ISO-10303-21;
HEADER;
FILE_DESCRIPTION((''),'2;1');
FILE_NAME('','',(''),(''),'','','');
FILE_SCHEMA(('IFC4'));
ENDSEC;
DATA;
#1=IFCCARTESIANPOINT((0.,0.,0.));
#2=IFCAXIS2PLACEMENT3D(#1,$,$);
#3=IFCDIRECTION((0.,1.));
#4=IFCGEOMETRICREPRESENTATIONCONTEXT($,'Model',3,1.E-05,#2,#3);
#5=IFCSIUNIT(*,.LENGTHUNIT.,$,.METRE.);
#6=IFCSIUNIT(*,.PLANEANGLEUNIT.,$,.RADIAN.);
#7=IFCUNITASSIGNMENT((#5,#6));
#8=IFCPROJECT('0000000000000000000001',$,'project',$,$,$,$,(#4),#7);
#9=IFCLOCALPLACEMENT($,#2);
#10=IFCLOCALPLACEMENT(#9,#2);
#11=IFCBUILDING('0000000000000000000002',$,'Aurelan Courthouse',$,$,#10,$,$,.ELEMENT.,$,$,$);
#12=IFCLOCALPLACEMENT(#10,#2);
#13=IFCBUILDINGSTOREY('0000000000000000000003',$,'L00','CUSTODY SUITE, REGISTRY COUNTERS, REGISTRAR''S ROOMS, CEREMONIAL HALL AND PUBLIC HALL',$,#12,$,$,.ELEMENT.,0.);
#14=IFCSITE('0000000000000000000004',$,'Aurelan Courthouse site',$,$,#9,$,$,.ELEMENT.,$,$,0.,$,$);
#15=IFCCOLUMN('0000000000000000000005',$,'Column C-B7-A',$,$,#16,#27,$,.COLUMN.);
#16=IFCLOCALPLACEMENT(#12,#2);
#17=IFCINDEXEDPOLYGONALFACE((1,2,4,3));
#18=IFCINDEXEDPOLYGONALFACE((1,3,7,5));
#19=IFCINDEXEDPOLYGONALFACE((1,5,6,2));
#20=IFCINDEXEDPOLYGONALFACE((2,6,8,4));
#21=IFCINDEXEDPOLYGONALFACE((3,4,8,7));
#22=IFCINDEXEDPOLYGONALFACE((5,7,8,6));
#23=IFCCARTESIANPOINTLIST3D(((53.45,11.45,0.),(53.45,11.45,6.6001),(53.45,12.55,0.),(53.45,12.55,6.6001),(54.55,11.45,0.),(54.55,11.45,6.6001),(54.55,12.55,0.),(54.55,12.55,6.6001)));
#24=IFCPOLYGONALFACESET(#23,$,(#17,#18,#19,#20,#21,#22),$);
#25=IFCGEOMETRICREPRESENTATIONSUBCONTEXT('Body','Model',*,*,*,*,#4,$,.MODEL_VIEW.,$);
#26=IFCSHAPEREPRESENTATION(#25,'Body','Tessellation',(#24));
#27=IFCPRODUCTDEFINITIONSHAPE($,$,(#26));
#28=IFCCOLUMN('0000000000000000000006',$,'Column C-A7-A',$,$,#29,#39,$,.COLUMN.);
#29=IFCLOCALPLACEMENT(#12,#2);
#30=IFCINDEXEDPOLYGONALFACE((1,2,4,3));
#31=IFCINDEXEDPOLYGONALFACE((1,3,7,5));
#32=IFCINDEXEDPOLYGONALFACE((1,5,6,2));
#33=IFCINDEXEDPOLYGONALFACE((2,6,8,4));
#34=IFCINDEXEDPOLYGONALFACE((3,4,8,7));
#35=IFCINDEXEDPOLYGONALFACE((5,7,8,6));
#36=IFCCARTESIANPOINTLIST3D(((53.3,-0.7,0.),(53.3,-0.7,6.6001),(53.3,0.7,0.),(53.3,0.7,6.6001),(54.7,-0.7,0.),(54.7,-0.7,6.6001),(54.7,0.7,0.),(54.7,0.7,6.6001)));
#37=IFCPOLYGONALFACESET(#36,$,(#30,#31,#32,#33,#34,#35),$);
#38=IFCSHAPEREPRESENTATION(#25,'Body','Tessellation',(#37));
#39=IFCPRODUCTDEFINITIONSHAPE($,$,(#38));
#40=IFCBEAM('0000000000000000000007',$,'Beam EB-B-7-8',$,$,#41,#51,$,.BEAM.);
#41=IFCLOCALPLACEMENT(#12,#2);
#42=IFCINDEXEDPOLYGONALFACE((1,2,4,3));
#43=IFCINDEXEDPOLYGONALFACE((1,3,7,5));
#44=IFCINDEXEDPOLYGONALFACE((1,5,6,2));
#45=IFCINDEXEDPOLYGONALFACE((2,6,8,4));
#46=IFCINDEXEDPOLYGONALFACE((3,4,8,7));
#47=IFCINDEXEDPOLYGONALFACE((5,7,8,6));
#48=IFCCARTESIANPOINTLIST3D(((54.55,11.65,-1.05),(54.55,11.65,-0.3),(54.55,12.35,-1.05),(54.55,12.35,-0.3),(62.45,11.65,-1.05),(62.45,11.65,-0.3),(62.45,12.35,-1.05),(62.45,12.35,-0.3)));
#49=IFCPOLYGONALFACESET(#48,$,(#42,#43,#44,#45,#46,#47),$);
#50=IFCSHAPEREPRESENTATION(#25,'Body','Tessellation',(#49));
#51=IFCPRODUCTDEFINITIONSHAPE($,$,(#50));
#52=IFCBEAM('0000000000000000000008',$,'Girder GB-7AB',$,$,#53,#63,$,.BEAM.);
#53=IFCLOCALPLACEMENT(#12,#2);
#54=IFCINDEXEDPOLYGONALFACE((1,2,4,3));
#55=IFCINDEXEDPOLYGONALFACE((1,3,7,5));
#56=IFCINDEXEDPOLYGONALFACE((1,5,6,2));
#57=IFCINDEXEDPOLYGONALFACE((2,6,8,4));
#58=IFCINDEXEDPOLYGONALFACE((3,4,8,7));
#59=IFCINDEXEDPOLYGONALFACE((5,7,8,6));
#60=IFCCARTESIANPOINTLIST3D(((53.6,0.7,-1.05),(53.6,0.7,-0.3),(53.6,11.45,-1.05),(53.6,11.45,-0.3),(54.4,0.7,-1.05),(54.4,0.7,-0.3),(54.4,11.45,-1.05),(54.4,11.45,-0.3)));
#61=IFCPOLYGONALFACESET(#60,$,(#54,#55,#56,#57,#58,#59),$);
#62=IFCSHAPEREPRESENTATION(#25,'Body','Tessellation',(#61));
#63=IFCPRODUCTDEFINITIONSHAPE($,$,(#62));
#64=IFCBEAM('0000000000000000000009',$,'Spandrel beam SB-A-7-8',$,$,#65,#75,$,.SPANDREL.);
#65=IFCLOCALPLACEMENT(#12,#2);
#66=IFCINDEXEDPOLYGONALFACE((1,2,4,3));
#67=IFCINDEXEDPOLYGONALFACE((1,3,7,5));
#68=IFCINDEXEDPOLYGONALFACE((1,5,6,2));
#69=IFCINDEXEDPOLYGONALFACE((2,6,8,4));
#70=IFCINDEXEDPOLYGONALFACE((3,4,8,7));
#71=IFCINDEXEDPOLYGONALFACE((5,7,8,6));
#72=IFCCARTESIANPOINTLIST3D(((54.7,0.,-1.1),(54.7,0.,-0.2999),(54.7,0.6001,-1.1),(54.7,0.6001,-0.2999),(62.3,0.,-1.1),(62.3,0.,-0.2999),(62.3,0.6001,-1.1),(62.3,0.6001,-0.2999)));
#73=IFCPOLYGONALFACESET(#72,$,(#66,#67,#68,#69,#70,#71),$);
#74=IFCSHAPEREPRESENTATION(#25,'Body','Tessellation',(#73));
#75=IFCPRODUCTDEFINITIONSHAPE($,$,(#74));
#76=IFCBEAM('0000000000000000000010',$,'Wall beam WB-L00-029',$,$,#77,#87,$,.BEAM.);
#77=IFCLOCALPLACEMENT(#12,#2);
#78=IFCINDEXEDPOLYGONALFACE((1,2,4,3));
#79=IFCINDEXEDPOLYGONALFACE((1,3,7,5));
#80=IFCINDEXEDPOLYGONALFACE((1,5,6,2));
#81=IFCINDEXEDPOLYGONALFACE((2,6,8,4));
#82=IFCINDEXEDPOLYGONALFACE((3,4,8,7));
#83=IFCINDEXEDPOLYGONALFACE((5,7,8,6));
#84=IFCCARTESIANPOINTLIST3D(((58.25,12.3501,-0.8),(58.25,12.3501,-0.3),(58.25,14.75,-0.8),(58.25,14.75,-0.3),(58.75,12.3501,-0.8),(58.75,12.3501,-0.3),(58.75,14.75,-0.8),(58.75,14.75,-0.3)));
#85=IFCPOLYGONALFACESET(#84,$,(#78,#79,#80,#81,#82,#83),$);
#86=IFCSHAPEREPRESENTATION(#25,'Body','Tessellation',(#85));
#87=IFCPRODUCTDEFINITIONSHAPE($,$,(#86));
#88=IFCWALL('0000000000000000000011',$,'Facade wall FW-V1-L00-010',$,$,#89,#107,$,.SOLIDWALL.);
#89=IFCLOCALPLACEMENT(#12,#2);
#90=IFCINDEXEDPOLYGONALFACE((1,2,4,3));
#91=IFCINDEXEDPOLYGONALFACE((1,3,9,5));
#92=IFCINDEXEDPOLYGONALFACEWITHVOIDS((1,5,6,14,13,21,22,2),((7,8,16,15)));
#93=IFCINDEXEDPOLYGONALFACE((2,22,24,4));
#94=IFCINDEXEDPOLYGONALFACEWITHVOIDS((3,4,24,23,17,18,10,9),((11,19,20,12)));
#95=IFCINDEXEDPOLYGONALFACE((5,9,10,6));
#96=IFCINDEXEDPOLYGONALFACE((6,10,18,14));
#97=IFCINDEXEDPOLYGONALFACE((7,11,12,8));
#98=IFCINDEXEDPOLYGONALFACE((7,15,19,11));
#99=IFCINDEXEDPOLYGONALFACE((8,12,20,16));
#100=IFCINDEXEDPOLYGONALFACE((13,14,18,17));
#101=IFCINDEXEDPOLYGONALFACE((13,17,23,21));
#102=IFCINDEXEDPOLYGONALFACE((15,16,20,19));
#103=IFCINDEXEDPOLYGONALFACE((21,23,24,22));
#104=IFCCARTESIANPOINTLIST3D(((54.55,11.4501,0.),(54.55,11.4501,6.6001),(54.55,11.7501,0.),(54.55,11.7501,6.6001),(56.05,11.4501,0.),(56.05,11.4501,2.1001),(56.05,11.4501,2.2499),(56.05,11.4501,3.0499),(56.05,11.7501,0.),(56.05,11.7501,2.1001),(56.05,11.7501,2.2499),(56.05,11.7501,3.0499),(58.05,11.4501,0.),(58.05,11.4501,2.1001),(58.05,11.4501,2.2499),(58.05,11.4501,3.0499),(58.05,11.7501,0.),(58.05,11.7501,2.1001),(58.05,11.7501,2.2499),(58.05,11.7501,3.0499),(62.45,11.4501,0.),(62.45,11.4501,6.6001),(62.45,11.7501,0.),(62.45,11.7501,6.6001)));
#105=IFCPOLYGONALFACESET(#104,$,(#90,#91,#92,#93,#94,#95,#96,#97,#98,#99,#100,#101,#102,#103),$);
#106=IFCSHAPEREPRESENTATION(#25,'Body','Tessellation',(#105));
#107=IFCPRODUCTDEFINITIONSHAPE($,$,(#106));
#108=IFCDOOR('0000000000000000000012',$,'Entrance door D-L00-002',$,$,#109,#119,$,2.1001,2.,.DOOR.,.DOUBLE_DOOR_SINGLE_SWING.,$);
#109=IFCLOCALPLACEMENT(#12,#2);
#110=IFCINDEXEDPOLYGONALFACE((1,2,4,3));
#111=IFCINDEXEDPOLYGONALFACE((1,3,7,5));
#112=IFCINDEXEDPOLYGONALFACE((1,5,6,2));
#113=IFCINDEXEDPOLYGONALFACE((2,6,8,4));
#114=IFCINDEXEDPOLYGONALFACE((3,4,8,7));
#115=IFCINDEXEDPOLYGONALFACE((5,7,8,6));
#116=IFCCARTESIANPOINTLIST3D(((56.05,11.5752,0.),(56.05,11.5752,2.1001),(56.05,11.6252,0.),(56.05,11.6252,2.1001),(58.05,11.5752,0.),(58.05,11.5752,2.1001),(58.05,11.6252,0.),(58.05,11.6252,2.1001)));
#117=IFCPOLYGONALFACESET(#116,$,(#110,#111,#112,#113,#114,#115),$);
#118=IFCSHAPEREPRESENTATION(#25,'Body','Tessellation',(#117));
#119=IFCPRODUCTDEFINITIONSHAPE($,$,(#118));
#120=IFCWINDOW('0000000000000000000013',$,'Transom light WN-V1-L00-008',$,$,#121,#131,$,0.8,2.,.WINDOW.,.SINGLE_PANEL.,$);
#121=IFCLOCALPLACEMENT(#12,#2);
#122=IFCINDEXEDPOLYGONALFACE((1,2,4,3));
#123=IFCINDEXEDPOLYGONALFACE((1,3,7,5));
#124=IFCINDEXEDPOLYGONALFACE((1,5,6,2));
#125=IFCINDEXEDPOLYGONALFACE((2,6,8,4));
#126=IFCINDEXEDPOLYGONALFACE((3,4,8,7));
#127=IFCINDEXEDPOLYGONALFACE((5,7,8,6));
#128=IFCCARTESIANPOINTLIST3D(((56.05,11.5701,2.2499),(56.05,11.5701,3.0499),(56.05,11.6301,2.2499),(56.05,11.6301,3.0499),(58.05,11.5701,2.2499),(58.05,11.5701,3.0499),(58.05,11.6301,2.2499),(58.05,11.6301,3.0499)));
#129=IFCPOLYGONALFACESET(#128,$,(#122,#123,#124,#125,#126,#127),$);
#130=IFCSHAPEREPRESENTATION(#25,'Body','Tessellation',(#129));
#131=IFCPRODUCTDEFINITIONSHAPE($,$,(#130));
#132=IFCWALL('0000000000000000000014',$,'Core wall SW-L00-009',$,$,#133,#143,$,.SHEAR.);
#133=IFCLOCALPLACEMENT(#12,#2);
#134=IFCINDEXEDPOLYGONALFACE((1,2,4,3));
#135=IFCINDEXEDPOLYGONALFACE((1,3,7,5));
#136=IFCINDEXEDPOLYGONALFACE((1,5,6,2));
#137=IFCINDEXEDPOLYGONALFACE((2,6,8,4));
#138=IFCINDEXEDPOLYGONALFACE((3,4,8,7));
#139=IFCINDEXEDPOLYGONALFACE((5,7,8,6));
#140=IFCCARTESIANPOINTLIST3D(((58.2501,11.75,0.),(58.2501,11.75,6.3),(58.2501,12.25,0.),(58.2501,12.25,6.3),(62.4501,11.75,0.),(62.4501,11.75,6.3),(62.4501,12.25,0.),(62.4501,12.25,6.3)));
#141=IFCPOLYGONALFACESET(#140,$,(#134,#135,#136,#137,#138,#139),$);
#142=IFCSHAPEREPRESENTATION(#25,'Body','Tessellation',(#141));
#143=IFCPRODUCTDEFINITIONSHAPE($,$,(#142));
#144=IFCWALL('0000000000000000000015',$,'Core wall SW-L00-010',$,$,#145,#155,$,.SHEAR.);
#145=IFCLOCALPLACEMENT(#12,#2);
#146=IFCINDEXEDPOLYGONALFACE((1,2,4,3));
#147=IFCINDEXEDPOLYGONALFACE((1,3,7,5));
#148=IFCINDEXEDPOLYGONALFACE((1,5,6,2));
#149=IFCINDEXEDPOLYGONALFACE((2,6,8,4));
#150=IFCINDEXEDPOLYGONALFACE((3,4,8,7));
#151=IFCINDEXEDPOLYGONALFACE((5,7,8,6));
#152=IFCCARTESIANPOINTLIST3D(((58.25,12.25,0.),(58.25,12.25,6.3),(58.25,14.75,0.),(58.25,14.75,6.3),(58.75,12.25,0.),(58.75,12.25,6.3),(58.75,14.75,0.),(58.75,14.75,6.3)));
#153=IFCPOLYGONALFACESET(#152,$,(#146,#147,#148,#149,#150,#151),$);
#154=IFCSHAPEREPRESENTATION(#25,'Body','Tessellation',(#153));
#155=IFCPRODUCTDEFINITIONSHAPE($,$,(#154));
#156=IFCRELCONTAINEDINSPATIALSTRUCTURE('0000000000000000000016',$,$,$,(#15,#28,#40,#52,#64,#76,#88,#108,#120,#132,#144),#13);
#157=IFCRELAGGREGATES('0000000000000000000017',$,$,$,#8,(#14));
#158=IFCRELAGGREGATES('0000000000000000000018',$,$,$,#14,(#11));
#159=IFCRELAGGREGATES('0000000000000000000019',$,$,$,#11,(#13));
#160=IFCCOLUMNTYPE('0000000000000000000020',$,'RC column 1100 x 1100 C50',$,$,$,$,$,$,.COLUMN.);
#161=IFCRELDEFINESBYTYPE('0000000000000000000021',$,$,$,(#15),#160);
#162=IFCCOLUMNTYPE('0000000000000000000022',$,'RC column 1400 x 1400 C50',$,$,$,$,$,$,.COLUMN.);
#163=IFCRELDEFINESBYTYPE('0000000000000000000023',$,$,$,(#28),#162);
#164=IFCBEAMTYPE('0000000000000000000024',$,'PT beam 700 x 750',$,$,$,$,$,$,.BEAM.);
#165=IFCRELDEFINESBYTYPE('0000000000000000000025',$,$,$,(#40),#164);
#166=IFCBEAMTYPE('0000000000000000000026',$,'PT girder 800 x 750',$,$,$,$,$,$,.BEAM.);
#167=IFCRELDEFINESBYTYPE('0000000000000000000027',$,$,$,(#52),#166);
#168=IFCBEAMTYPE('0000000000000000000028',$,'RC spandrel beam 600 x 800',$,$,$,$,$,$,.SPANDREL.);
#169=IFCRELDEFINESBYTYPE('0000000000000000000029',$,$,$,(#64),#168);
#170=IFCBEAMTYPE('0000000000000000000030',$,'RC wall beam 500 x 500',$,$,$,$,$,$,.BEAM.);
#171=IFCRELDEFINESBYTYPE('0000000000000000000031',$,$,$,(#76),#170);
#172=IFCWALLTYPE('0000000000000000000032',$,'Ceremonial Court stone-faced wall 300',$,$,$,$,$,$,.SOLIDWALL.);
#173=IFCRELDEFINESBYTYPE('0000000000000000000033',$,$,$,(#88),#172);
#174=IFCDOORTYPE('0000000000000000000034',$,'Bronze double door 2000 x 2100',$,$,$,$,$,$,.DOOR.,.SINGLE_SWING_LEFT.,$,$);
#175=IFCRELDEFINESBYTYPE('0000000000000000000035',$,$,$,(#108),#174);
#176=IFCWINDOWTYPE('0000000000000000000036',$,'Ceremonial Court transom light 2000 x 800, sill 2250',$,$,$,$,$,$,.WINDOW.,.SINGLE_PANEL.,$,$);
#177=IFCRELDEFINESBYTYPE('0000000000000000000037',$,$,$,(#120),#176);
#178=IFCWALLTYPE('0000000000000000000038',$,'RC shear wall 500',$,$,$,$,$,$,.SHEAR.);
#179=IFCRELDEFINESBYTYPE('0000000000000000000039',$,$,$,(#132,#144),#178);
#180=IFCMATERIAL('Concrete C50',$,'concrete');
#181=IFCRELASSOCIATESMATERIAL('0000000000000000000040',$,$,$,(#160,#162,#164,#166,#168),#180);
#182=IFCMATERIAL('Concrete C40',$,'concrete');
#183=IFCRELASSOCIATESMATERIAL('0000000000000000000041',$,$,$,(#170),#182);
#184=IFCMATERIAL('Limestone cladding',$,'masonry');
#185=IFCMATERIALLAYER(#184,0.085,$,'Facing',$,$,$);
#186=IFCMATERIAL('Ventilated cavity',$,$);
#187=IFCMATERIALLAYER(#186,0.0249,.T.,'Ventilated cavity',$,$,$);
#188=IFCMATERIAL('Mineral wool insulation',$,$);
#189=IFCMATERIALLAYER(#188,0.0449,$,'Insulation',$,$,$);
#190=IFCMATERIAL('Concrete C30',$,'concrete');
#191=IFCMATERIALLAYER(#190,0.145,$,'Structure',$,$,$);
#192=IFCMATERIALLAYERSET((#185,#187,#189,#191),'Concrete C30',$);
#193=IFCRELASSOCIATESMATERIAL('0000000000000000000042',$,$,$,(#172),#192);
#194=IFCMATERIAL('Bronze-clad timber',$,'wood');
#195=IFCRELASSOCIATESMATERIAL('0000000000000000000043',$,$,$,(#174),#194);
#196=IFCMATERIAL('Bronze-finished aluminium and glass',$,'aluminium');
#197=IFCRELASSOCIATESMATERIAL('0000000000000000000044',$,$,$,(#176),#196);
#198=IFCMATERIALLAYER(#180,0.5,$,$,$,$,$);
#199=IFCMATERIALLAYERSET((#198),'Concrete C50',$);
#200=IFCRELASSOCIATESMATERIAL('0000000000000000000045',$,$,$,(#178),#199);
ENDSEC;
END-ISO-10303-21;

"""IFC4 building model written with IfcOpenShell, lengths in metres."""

from ifc_helpers import new_model, si_unit, direction, frame, frame_2d, origin, origin_2d, place, context, subcontext, project, spatial, rectangle, extrude, material, layer, layer_set, material_profile, profile_set, type_object, element, fill, save


model = new_model("IFC4")

# Units and contexts
model_context = context("Model", 3, precision=1e-05, world=origin(), true_north=direction((0.0, 1.0)))
body_context = subcontext(model_context, "Body", "Model", "MODEL_VIEW")
ifc_project = project(units=[si_unit("LENGTHUNIT", "METRE"), si_unit("PLANEANGLEUNIT", "RADIAN")], contexts=[model_context])

# Site, building, storey
site_placement = place(None, origin())
site = spatial("IfcSite", under=ifc_project, at=site_placement, Name="Aurelan Courthouse site", CompositionType="ELEMENT", RefElevation=0.0)
building_placement = place(site_placement, origin())
building = spatial("IfcBuilding", under=site, at=building_placement, Name="Aurelan Courthouse", CompositionType="ELEMENT")
storey_placement = place(building_placement, origin())
storey = spatial("IfcBuildingStorey", under=building, at=storey_placement, Name="L00", Description="CUSTODY SUITE, REGISTRY COUNTERS, REGISTRAR'S ROOMS, CEREMONIAL HALL AND PUBLIC HALL", CompositionType="ELEMENT", Elevation=0.0)

# Columns
ifc_material_1 = material(Name="Concrete C50", Category="concrete")
ifc_material_profile_1 = material_profile(ifc_material_1, rectangle(XDim=1.1001, YDim=1.1001, at=origin_2d()), Name="RC 1100 x 1100")
ifc_profile_set_1 = profile_set([ifc_material_profile_1], Name="Concrete C50")
column_type_1 = type_object("IfcColumnType", Name="RC column 1100 x 1100 C50", PredefinedType="COLUMN", material=ifc_profile_set_1)
column_1_placement = place(storey_placement, frame((54.0, 12.0, 0.0), z_axis=(0.0, 0.0, 1.0), x_axis=(1.0, 0.0, 0.0)))
element("IfcColumn", 1, at=column_1_placement, inside=storey, type_object=column_type_1, Name="Column C-B7-A", PredefinedType="COLUMN", context=body_context, shape_type="SweptSolid", body=[
    extrude(rectangle(XDim=1.1001, YDim=1.1001, at=origin_2d()), origin(), (0.0, 0.0, 1.0), 6.6001),
])
ifc_material_profile_2 = material_profile(ifc_material_1, rectangle(XDim=1.3999, YDim=1.3999, at=origin_2d()), Name="RC 1400 x 1400")
ifc_profile_set_2 = profile_set([ifc_material_profile_2], Name="Concrete C50")
column_type_2 = type_object("IfcColumnType", Name="RC column 1400 x 1400 C50", PredefinedType="COLUMN", material=ifc_profile_set_2)
column_2_placement = place(storey_placement, frame((54.0, 0.0, 0.0), z_axis=(0.0, 0.0, 1.0), x_axis=(1.0, 0.0, 0.0)))
element("IfcColumn", 2, at=column_2_placement, inside=storey, type_object=column_type_2, Name="Column C-A7-A", PredefinedType="COLUMN", context=body_context, shape_type="SweptSolid", body=[
    extrude(rectangle(XDim=1.3999, YDim=1.3999, at=origin_2d()), origin(), (0.0, 0.0, 1.0), 6.6001),
])

# Beams
ifc_material_profile_3 = material_profile(ifc_material_1, rectangle(XDim=0.7, YDim=0.75, at=origin_2d()), Name="RC 700 x 750")
ifc_profile_set_3 = profile_set([ifc_material_profile_3], Name="Concrete C50")
beam_type_1 = type_object("IfcBeamType", Name="PT beam 700 x 750", PredefinedType="BEAM", material=ifc_profile_set_3)
beam_1_placement = place(storey_placement, frame((54.55, 12.0, -0.675), z_axis=(1.0, 0.0, 0.0), x_axis=(0.0, 1.0, 0.0)))
element("IfcBeam", 3, at=beam_1_placement, inside=storey, type_object=beam_type_1, Name="Beam EB-B-7-8", PredefinedType="BEAM", context=body_context, shape_type="SweptSolid", body=[
    extrude(rectangle(XDim=0.7, YDim=0.75, at=origin_2d()), origin(), (0.0, 0.0, 1.0), 7.8999),
])
ifc_material_profile_4 = material_profile(ifc_material_1, rectangle(XDim=0.8, YDim=0.75, at=origin_2d()), Name="RC 800 x 750")
ifc_profile_set_4 = profile_set([ifc_material_profile_4], Name="Concrete C50")
beam_type_2 = type_object("IfcBeamType", Name="PT girder 800 x 750", PredefinedType="BEAM", material=ifc_profile_set_4)
beam_2_placement = place(storey_placement, frame((54.0, 0.7, -0.675), z_axis=(0.0, 1.0, 0.0), x_axis=(-1.0, 0.0, 0.0)))
element("IfcBeam", 4, at=beam_2_placement, inside=storey, type_object=beam_type_2, Name="Girder GB-7AB", PredefinedType="BEAM", context=body_context, shape_type="SweptSolid", body=[
    extrude(rectangle(XDim=0.8, YDim=0.75, at=origin_2d()), origin(), (0.0, 0.0, 1.0), 10.75),
])
ifc_material_profile_5 = material_profile(ifc_material_1, rectangle(XDim=0.6001, YDim=0.8, at=origin_2d()), Name="RC 600 x 800")
ifc_profile_set_5 = profile_set([ifc_material_profile_5], Name="Concrete C50")
beam_type_3 = type_object("IfcBeamType", Name="RC spandrel beam 600 x 800", PredefinedType="SPANDREL", material=ifc_profile_set_5)
beam_3_placement = place(storey_placement, frame((54.7, 0.3, -0.7), z_axis=(1.0, 0.0, 0.0), x_axis=(0.0, 1.0, 0.0)))
element("IfcBeam", 5, at=beam_3_placement, inside=storey, type_object=beam_type_3, Name="Spandrel beam SB-A-7-8", PredefinedType="SPANDREL", context=body_context, shape_type="SweptSolid", body=[
    extrude(rectangle(XDim=0.6001, YDim=0.8, at=origin_2d()), origin(), (0.0, 0.0, 1.0), 7.6001),
])
ifc_material_2 = material(Name="Concrete C40", Category="concrete")
ifc_material_profile_6 = material_profile(ifc_material_2, rectangle(XDim=0.5, YDim=0.5, at=origin_2d()), Name="RC 500 x 500")
ifc_profile_set_6 = profile_set([ifc_material_profile_6], Name="Concrete C40")
beam_type_4 = type_object("IfcBeamType", Name="RC wall beam 500 x 500", PredefinedType="BEAM", material=ifc_profile_set_6)
beam_4_placement = place(storey_placement, frame((58.5, 12.3501, -0.55), z_axis=(0.0, 1.0, 0.0), x_axis=(-1.0, 0.0, 0.0)))
element("IfcBeam", 6, at=beam_4_placement, inside=storey, type_object=beam_type_4, Name="Wall beam WB-L00-029", PredefinedType="BEAM", context=body_context, shape_type="SweptSolid", body=[
    extrude(rectangle(XDim=0.5, YDim=0.5, at=origin_2d()), origin(), (0.0, 0.0, 1.0), 2.3999),
])

# Wall, openings, door, window
ifc_material_3 = material(Name="Limestone cladding", Category="masonry")
ifc_layer_1 = layer(ifc_material_3, 0.085, Name="Facing")
ifc_material_4 = material(Name="Ventilated cavity")
ifc_layer_2 = layer(ifc_material_4, 0.0249, ventilated=True, Name="Ventilated cavity")
ifc_material_5 = material(Name="Mineral wool insulation")
ifc_layer_3 = layer(ifc_material_5, 0.0449, Name="Insulation")
ifc_material_6 = material(Name="Concrete C30", Category="concrete")
ifc_layer_4 = layer(ifc_material_6, 0.145, Name="Structure")
ifc_layer_set_1 = layer_set([ifc_layer_1, ifc_layer_2, ifc_layer_3, ifc_layer_4], Name="Concrete C30")
wall_type_1 = type_object("IfcWallType", Name="Ceremonial Court stone-faced wall 300", PredefinedType="SOLIDWALL", material=ifc_layer_set_1)
wall_1_placement = place(storey_placement, frame((54.55, 11.6001, 0.0), z_axis=(0.0, 0.0, 1.0), x_axis=(1.0, 0.0, 0.0)))
wall_1 = element("IfcWall", 7, at=wall_1_placement, inside=storey, type_object=wall_type_1, Name="Facade wall FW-V1-L00-010", PredefinedType="SOLIDWALL", context=body_context, shape_type="SweptSolid", body=[
    extrude(rectangle(XDim=7.8999, YDim=0.3, at=frame_2d((3.95, 0.0))), origin(), (0.0, 0.0, 1.0), 6.6001),
])
opening_1_placement = place(wall_1_placement, frame((3.5, 0.0, 0.0), z_axis=(0.0, 0.0, 1.0), x_axis=(-1.0, 0.0, 0.0)))
opening_1 = element("IfcOpeningElement", 8, at=opening_1_placement, cuts=wall_1, PredefinedType="OPENING", context=body_context, shape_type="SweptSolid", body=[
    extrude(rectangle(XDim=2.0, YDim=2.1001, at=frame_2d((1.0, 1.05))), frame((0.0, 0.1599, 0.0), z_axis=(0.0, -1.0, 0.0), x_axis=(1.0, 0.0, 0.0)), (0.0, 0.0, 1.0), 0.3201),
])
opening_2_placement = place(wall_1_placement, frame((1.5, 0.0, 2.25)))
opening_2 = element("IfcOpeningElement", 9, at=opening_2_placement, cuts=wall_1, PredefinedType="OPENING", context=body_context, shape_type="SweptSolid", body=[
    extrude(rectangle(XDim=2.0, YDim=0.8, at=frame_2d((1.0, 0.3999))), frame((0.0, 0.1599, 0.0), z_axis=(0.0, -1.0, 0.0), x_axis=(1.0, 0.0, 0.0)), (0.0, 0.0, 1.0), 0.3201),
])
ifc_material_7 = material(Name="Bronze-clad timber", Category="wood")
door_type = type_object("IfcDoorType", Name="Bronze double door 2000 x 2100", OperationType="SINGLE_SWING_LEFT", PredefinedType="DOOR", material=ifc_material_7)
door_placement = place(opening_1_placement, origin())
door = element("IfcDoor", 10, at=door_placement, inside=storey, type_object=door_type, Name="Entrance door D-L00-002", OperationType="DOUBLE_DOOR_SINGLE_SWING", OverallHeight=2.1001, OverallWidth=2.0, PredefinedType="DOOR", context=body_context, shape_type="SweptSolid", body=[
    extrude(rectangle(XDim=2.0, YDim=2.1001, at=frame_2d((1.0, 1.05))), frame((0.0, 0.0249, 0.0), z_axis=(0.0, -1.0, 0.0), x_axis=(1.0, 0.0, 0.0)), (0.0, 0.0, 1.0), 0.05),
])
fill(opening_1, door)
ifc_material_8 = material(Name="Bronze-finished aluminium and glass", Category="aluminium")
window_type = type_object("IfcWindowType", Name="Ceremonial Court transom light 2000 x 800, sill 2250", PartitioningType="SINGLE_PANEL", PredefinedType="WINDOW", material=ifc_material_8)
window_placement = place(opening_2_placement, origin())
window = element("IfcWindow", 11, at=window_placement, inside=storey, type_object=window_type, Name="Transom light WN-V1-L00-008", OverallHeight=0.8, OverallWidth=2.0, PartitioningType="SINGLE_PANEL", PredefinedType="WINDOW", context=body_context, shape_type="SweptSolid", body=[
    extrude(rectangle(XDim=2.0, YDim=0.8, at=frame_2d((1.0, 0.3999))), frame((0.0, 0.03, 0.0), z_axis=(0.0, -1.0, 0.0), x_axis=(1.0, 0.0, 0.0)), (0.0, 0.0, 1.0), 0.0601),
])
fill(opening_2, window)

# Walls
ifc_layer_5 = layer(ifc_material_1, 0.5)
ifc_layer_set_2 = layer_set([ifc_layer_5], Name="Concrete C50")
wall_type_2 = type_object("IfcWallType", Name="RC shear wall 500", PredefinedType="SHEAR", material=ifc_layer_set_2)
wall_2_placement = place(storey_placement, frame((58.25, 12.0, 0.0), z_axis=(0.0, 0.0, 1.0), x_axis=(1.0, 0.0, 0.0)))
element("IfcWall", 12, at=wall_2_placement, inside=storey, type_object=wall_type_2, Name="Core wall SW-L00-009", PredefinedType="SHEAR", context=body_context, shape_type="SweptSolid", body=[
    extrude(rectangle(XDim=4.2, YDim=0.5, at=frame_2d((2.1001, 0.0))), origin(), (0.0, 0.0, 1.0), 6.3),
])
wall_3_placement = place(storey_placement, frame((58.5, 12.25, 0.0), z_axis=(0.0, 0.0, 1.0), x_axis=(0.0, 1.0, 0.0)))
element("IfcWall", 13, at=wall_3_placement, inside=storey, type_object=wall_type_2, Name="Core wall SW-L00-010", PredefinedType="SHEAR", context=body_context, shape_type="SweptSolid", body=[
    extrude(rectangle(XDim=2.5, YDim=0.5, at=frame_2d((1.25, 0.0))), origin(), (0.0, 0.0, 1.0), 6.3),
])

save(model, "model.ifc")
